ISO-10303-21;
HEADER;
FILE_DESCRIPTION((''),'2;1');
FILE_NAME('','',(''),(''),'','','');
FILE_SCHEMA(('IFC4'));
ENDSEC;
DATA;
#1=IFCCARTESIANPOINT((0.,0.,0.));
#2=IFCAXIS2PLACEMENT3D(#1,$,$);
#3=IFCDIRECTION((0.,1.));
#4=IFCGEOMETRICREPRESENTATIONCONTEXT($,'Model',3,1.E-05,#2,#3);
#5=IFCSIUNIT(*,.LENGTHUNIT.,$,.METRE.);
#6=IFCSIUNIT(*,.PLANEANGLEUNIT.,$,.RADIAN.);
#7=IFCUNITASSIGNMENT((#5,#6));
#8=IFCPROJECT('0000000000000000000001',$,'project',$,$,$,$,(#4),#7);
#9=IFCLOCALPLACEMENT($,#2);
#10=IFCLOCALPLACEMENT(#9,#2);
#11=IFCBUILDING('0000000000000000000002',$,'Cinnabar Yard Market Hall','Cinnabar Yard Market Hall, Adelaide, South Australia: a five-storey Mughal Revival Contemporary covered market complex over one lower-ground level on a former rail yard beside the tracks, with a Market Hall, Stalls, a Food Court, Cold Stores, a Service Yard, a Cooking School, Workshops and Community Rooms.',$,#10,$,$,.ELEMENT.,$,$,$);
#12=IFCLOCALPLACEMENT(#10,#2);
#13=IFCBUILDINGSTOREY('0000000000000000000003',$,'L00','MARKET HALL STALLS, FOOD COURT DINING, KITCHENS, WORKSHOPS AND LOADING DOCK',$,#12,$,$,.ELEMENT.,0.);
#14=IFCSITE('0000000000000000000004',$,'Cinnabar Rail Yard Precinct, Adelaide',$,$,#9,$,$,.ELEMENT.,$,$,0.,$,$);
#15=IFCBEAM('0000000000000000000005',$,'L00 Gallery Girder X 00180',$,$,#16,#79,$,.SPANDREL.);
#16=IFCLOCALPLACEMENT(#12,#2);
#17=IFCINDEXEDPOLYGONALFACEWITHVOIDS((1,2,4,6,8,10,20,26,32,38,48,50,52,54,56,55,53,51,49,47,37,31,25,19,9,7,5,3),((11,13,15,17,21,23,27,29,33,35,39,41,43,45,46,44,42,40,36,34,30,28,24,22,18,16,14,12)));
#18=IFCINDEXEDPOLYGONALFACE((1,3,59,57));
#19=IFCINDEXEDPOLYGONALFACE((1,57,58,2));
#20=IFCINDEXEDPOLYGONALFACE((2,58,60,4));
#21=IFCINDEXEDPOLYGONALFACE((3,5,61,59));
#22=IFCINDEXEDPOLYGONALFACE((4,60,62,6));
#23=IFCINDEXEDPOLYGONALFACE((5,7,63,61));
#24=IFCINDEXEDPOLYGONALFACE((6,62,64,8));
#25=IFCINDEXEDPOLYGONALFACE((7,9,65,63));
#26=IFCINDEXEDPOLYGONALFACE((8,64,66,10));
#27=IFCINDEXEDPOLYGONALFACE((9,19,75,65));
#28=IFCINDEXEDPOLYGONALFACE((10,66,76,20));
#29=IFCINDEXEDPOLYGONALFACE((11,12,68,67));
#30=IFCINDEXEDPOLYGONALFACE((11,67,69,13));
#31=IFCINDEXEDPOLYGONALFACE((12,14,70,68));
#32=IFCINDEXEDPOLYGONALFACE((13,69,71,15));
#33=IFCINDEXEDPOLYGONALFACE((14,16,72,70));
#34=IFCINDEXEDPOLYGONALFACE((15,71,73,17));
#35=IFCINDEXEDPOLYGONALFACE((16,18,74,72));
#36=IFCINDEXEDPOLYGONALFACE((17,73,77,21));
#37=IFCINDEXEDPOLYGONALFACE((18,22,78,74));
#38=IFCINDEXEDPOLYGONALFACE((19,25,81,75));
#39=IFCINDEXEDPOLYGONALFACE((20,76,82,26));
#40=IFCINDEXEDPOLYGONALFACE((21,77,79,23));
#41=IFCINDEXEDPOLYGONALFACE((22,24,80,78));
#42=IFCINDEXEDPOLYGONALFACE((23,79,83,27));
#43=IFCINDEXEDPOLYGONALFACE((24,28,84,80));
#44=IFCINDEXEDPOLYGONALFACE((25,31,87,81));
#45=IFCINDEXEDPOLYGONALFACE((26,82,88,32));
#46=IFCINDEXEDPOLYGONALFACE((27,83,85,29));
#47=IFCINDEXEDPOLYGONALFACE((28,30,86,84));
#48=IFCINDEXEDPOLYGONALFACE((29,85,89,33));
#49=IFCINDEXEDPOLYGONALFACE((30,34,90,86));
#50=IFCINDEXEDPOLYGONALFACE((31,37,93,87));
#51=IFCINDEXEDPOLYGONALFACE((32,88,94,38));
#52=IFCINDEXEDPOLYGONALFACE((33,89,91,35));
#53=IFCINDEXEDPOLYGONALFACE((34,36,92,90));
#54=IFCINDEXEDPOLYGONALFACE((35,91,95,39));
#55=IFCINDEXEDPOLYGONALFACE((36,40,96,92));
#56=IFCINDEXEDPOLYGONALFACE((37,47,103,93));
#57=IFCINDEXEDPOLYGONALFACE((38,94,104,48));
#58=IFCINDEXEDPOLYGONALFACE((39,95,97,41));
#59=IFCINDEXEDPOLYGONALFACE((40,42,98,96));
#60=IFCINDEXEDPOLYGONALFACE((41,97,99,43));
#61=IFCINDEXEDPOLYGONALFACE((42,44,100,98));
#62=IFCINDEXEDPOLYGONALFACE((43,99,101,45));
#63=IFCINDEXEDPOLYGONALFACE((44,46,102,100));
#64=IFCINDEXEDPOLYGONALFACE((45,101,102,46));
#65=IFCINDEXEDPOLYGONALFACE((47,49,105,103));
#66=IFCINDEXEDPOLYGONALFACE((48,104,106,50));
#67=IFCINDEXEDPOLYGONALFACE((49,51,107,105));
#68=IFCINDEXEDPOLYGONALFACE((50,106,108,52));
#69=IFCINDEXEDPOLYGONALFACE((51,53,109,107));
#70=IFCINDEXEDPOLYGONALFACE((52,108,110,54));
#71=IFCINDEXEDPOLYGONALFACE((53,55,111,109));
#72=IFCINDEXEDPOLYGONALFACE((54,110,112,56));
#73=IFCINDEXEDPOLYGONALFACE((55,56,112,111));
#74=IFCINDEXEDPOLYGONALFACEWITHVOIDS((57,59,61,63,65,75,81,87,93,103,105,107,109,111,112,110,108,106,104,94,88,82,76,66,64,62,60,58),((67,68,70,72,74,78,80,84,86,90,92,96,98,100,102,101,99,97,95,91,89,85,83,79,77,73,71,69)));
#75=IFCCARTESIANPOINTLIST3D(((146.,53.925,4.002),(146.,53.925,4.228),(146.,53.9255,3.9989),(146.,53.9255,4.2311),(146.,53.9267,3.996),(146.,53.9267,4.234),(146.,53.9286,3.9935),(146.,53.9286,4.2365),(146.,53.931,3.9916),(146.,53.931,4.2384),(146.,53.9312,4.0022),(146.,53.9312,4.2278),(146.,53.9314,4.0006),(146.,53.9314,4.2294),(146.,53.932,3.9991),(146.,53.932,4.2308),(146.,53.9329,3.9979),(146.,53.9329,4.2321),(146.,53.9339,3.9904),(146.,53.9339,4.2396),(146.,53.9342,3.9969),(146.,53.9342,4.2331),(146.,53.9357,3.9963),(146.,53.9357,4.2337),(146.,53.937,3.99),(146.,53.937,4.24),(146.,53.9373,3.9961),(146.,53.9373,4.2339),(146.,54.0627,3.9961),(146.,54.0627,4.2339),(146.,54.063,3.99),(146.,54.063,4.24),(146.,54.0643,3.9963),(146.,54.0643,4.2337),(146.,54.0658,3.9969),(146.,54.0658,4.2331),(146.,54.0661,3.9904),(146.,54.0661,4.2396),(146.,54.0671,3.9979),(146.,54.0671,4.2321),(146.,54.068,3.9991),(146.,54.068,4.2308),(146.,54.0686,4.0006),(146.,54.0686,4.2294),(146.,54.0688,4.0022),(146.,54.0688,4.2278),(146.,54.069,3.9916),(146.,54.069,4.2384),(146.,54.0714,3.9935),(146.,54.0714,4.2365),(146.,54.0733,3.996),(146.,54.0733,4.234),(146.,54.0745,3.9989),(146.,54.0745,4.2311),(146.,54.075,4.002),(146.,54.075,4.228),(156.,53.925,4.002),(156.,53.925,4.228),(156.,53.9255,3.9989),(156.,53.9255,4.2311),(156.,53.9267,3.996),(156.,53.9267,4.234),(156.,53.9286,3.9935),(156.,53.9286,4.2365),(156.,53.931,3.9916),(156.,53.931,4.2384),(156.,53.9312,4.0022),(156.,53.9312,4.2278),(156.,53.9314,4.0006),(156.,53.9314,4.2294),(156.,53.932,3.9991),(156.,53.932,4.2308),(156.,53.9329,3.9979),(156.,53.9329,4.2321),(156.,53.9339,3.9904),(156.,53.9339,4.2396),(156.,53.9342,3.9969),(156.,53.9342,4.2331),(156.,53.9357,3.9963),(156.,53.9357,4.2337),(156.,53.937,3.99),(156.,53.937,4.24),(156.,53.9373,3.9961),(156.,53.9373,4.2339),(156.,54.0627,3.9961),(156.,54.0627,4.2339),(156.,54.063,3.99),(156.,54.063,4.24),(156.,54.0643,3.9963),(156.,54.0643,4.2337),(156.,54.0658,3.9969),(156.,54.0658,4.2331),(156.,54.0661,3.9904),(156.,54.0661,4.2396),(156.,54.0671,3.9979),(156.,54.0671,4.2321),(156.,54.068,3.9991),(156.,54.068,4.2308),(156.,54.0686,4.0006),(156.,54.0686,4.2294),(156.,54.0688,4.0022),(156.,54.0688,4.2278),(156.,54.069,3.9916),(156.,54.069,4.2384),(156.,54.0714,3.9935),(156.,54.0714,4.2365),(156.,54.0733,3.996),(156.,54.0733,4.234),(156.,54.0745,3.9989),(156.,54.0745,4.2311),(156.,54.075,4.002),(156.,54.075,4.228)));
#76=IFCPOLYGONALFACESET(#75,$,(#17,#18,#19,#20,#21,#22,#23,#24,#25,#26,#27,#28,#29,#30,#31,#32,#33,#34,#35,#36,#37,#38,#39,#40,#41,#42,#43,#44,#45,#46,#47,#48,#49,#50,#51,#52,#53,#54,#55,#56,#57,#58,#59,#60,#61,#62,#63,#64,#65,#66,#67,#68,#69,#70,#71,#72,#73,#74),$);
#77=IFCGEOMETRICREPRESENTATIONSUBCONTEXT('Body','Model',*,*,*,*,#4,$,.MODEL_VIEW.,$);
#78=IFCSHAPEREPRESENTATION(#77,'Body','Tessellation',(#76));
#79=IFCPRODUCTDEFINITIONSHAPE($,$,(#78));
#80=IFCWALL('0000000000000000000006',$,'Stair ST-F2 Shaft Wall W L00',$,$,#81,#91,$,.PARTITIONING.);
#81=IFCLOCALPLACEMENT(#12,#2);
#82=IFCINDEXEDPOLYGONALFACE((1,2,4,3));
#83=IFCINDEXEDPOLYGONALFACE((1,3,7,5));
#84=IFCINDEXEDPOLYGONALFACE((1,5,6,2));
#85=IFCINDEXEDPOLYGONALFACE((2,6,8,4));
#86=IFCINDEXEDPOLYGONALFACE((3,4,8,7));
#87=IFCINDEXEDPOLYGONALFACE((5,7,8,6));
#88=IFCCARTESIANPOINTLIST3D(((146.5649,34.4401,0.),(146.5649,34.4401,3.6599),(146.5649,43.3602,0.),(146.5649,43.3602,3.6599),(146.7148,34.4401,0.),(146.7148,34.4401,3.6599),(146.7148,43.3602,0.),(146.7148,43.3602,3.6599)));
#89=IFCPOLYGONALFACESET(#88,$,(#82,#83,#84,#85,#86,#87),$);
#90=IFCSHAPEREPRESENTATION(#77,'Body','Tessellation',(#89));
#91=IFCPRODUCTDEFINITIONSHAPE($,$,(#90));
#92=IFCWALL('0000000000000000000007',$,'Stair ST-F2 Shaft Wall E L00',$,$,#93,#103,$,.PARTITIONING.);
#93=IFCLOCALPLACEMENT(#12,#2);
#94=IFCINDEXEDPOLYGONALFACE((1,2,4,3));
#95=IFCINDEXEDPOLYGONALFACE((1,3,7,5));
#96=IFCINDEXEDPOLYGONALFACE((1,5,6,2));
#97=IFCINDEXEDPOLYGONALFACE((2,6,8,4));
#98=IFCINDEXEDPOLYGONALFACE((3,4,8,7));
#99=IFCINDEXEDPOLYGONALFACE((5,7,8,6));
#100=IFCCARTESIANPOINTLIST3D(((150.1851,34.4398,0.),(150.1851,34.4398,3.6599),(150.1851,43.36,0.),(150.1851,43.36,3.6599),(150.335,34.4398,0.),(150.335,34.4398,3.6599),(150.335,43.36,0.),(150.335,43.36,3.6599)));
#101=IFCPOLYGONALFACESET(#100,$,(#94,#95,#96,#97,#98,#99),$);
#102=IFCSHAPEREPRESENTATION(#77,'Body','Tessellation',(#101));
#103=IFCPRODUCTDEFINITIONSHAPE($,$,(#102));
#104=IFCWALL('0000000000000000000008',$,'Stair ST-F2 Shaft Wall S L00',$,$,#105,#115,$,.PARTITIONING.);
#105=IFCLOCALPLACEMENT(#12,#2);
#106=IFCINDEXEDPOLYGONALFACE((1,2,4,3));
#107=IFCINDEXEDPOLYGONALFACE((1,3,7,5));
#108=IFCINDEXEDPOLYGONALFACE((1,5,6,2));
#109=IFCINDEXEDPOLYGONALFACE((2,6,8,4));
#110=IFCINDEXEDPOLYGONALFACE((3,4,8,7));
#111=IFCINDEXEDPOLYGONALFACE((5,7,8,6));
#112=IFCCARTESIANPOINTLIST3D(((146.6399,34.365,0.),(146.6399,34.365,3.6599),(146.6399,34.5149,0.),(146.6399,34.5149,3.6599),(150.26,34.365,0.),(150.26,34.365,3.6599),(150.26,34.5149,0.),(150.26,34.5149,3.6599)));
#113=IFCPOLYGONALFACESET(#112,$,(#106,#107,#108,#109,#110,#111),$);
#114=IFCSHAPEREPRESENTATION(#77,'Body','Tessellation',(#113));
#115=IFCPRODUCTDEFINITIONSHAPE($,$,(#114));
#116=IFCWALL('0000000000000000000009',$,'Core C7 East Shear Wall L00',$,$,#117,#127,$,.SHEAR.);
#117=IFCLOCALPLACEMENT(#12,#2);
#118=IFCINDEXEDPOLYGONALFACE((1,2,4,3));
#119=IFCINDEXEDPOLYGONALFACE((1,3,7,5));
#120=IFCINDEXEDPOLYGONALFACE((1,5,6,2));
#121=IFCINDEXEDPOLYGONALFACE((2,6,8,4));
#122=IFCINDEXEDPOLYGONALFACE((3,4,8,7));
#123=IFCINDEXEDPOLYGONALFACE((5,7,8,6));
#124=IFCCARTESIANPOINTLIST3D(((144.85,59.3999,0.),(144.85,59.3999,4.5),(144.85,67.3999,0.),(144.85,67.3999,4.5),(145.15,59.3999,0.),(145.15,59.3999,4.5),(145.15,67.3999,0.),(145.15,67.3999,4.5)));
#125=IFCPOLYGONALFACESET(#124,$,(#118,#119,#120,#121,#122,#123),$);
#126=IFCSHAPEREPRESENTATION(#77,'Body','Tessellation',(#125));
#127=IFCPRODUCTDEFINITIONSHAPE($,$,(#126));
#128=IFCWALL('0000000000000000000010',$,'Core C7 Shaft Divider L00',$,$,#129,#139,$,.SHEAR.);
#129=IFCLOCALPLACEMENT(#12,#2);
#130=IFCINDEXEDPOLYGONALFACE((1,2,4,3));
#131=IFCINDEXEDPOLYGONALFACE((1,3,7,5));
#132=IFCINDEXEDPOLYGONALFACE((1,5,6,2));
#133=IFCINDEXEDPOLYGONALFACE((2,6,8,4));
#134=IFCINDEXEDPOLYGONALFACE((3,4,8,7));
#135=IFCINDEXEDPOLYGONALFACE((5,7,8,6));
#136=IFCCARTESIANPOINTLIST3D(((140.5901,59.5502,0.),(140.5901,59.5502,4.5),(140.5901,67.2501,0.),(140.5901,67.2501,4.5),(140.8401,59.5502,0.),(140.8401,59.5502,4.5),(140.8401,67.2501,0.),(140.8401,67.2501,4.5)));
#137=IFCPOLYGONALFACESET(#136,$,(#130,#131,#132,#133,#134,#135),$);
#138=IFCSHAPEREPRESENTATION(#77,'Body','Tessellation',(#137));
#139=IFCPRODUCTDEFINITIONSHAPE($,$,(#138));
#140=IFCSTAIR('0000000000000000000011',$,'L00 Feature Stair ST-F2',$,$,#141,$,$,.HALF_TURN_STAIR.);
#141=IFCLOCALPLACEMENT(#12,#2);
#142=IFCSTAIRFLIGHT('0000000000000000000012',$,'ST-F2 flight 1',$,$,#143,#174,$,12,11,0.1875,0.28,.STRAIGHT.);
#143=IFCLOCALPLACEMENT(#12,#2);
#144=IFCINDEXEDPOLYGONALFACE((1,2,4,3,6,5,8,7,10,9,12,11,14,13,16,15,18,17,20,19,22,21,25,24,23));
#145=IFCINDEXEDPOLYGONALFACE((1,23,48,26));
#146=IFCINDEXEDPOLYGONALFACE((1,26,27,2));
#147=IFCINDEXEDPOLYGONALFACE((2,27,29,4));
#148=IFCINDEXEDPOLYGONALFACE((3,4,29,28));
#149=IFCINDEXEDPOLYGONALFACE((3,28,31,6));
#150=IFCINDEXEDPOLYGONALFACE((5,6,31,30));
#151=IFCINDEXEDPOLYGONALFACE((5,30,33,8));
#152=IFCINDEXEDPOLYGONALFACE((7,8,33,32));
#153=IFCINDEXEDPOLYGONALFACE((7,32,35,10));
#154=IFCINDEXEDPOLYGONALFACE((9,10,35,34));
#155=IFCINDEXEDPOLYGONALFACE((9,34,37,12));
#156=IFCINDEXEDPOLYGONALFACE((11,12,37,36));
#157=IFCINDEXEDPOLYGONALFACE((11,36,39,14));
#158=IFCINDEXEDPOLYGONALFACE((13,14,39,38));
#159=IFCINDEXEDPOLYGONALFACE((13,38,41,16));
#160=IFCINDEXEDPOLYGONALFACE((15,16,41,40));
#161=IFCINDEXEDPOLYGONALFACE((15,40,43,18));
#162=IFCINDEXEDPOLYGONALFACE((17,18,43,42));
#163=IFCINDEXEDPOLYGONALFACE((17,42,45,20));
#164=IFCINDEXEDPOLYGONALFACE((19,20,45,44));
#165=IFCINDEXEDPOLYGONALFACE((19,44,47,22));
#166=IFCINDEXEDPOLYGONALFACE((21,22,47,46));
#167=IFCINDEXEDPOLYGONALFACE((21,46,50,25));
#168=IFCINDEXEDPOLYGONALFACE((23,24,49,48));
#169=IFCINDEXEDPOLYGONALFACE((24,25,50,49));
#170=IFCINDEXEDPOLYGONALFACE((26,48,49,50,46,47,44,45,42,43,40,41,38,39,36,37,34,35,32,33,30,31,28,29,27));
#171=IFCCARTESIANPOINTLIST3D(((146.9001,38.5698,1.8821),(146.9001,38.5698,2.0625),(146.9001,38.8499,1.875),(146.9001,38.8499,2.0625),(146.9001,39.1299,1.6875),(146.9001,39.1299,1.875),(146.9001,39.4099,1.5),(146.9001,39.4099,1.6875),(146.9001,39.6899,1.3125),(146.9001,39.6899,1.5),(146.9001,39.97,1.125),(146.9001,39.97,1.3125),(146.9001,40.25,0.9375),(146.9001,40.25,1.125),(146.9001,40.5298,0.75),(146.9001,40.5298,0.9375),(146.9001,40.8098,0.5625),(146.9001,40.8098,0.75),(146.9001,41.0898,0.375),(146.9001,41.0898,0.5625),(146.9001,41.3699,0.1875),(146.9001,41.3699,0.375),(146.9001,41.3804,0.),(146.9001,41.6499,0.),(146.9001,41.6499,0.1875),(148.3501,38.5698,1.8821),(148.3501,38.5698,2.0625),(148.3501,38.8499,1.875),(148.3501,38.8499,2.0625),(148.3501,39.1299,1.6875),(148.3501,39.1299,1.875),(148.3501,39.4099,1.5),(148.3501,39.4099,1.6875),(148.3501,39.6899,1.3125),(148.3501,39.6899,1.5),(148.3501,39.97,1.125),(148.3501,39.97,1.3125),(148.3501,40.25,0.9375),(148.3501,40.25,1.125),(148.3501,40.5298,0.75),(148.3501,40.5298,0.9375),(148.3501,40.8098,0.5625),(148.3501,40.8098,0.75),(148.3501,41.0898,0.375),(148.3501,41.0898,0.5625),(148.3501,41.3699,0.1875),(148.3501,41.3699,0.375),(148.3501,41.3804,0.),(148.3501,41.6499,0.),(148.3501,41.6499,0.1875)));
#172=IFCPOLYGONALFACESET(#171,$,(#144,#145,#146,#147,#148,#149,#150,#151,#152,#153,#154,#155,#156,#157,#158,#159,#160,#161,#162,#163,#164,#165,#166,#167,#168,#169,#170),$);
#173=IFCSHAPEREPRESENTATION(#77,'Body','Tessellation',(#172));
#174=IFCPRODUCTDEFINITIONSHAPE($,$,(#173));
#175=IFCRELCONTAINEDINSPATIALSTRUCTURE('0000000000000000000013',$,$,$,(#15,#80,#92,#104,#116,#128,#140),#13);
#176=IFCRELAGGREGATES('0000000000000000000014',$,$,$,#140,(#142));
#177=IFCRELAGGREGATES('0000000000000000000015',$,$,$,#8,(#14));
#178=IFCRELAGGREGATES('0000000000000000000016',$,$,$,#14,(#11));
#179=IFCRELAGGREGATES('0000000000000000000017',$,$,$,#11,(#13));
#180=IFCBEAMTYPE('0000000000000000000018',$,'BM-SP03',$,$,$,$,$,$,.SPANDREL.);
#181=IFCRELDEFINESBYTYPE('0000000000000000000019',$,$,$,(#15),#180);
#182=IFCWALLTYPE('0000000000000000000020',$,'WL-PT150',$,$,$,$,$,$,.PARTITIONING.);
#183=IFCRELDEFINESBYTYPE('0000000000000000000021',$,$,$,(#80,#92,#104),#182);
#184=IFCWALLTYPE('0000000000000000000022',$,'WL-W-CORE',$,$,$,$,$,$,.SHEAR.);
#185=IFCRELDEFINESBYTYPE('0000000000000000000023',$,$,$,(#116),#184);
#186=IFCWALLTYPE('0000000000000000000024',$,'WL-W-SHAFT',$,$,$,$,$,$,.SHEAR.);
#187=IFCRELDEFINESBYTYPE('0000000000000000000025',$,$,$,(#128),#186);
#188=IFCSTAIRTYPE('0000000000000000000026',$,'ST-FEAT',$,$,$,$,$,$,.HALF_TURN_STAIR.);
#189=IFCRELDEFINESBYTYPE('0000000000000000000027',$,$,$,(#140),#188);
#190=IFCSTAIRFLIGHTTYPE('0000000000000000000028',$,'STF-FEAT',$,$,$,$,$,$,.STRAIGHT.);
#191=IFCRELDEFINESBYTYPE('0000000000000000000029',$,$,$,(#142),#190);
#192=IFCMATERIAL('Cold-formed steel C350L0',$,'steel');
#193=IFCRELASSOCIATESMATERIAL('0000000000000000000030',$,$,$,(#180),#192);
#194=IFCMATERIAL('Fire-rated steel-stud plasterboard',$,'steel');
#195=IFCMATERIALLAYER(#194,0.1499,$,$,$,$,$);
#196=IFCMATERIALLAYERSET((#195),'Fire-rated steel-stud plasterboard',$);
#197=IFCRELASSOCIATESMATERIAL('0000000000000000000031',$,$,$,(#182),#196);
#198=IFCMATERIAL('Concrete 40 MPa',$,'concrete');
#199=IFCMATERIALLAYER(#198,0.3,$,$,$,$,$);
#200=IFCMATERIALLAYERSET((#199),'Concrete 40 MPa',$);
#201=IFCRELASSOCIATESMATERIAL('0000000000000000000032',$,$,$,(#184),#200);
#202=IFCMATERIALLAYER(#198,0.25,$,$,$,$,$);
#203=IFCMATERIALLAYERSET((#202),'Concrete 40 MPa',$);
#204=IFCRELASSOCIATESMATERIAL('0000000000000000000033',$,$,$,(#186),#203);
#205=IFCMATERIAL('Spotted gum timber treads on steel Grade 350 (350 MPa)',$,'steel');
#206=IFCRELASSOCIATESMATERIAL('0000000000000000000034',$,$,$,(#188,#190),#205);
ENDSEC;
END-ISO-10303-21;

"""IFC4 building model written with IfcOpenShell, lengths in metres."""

from ifc_helpers import new_model, si_unit, direction, frame, frame_2d, origin, origin_2d_with_axis, place, context, subcontext, project, spatial, polyline, rectangle, hollow_rectangle, outline, extrude, material, layer, layer_set, material_profile, profile_set, type_object, element, aggregate, save


model = new_model("IFC4")

# Units and contexts
model_context = context("Model", 3, precision=1e-05, world=origin(), true_north=direction((0.0, 1.0)))
body_context = subcontext(model_context, "Body", "Model", "MODEL_VIEW")
ifc_project = project(units=[si_unit("LENGTHUNIT", "METRE"), si_unit("PLANEANGLEUNIT", "RADIAN")], contexts=[model_context])

# Site, building, storey
site_placement = place(None, origin())
site = spatial("IfcSite", under=ifc_project, at=site_placement, Name="Cinnabar Rail Yard Precinct, Adelaide", CompositionType="ELEMENT", RefElevation=0.0)
building_placement = place(site_placement, origin())
building = spatial("IfcBuilding", under=site, at=building_placement, Name="Cinnabar Yard Market Hall", Description="Cinnabar Yard Market Hall, Adelaide, South Australia: a five-storey Mughal Revival Contemporary covered market complex over one lower-ground level on a former rail yard beside the tracks, with a Market Hall, Stalls, a Food Court, Cold Stores, a Service Yard, a Cooking School, Workshops and Community Rooms.", CompositionType="ELEMENT")
storey_placement = place(building_placement, origin())
storey = spatial("IfcBuildingStorey", under=building, at=storey_placement, Name="L00", Description="MARKET HALL STALLS, FOOD COURT DINING, KITCHENS, WORKSHOPS AND LOADING DOCK", CompositionType="ELEMENT", Elevation=0.0)

# Shared definitions
ifc_material_1 = material(Name="Cold-formed steel C350L0", Category="steel")

# Beam
ifc_material_profile_1 = material_profile(ifc_material_1, hollow_rectangle(XDim=0.1499, YDim=0.25, WallThickness=0.0061, InnerFilletRadius=0.0061, OuterFilletRadius=0.012, at=origin_2d_with_axis()), Name="250x150x6.0RHS")
ifc_profile_set_1 = profile_set([ifc_material_profile_1], Name="Cold-formed steel C350L0")
beam_type_1 = type_object("IfcBeamType", Name="BM-SP03", PredefinedType="SPANDREL", material=ifc_profile_set_1)
beam_1_placement = place(storey_placement, frame((146.0, 54.0, 4.115), z_axis=(1.0, 0.0, 0.0), x_axis=(0.0, 1.0, 0.0)))
element("IfcBeam", 1, at=beam_1_placement, inside=storey, type_object=beam_type_1, Name="L00 Gallery Girder X 00180", PredefinedType="SPANDREL", context=body_context, shape_type="SweptSolid", body=[
    extrude(hollow_rectangle(XDim=0.1499, YDim=0.25, WallThickness=0.0061, InnerFilletRadius=0.0061, OuterFilletRadius=0.012, at=origin_2d_with_axis()), origin(), (0.0, 0.0, 1.0), 10.0),
])

# Walls
ifc_material_2 = material(Name="Fire-rated steel-stud plasterboard", Category="steel")
ifc_layer_1 = layer(ifc_material_2, 0.1499)
ifc_layer_set_1 = layer_set([ifc_layer_1], Name="Fire-rated steel-stud plasterboard")
wall_type_1 = type_object("IfcWallType", Name="WL-PT150", PredefinedType="PARTITIONING", material=ifc_layer_set_1)
for number, where, z_axis, x_axis, name in (
    (2, (146.6399, 43.3601, 0.0), (0.0, 0.0, 1.0), (0.0, -1.0, 0.0), "Stair ST-F2 Shaft Wall W L00"),
    (3, (150.26, 34.4399, 0.0), (0.0, 0.0, 1.0), (0.0, 1.0, 0.0), "Stair ST-F2 Shaft Wall E L00"),
):
    element("IfcWall", number, at=place(storey_placement, frame(where, z_axis=z_axis, x_axis=x_axis)), inside=storey, type_object=wall_type_1, Name=name, PredefinedType="PARTITIONING", context=body_context, shape_type="SweptSolid", body=[
        extrude(rectangle(XDim=8.9202, YDim=0.1499, at=frame_2d((4.46, 0.0), x_axis=(1.0, 0.0))), origin(), (0.0, 0.0, 1.0), 3.6599),
    ])
wall_1_placement = place(storey_placement, frame((146.6399, 34.4399, 0.0), z_axis=(0.0, 0.0, 1.0), x_axis=(1.0, 0.0, 0.0)))
element("IfcWall", 4, at=wall_1_placement, inside=storey, type_object=wall_type_1, Name="Stair ST-F2 Shaft Wall S L00", PredefinedType="PARTITIONING", context=body_context, shape_type="SweptSolid", body=[
    extrude(rectangle(XDim=3.6201, YDim=0.1499, at=frame_2d((1.8101, 0.0), x_axis=(1.0, 0.0))), origin(), (0.0, 0.0, 1.0), 3.6599),
])

# Walls
ifc_material_3 = material(Name="Concrete 40 MPa", Category="concrete")
ifc_layer_2 = layer(ifc_material_3, 0.3)
ifc_layer_set_2 = layer_set([ifc_layer_2], Name="Concrete 40 MPa")
wall_type_2 = type_object("IfcWallType", Name="WL-W-CORE", PredefinedType="SHEAR", material=ifc_layer_set_2)
wall_2_placement = place(storey_placement, frame((145.0, 59.3999, 0.0), z_axis=(0.0, 0.0, 1.0), x_axis=(0.0, 1.0, 0.0)))
element("IfcWall", 5, at=wall_2_placement, inside=storey, type_object=wall_type_2, Name="Core C7 East Shear Wall L00", PredefinedType="SHEAR", context=body_context, shape_type="SweptSolid", body=[
    extrude(rectangle(XDim=8.0, YDim=0.3, at=frame_2d((4.0, 0.0), x_axis=(1.0, 0.0))), origin(), (0.0, 0.0, 1.0), 4.5),
])
ifc_layer_3 = layer(ifc_material_3, 0.25)
ifc_layer_set_3 = layer_set([ifc_layer_3], Name="Concrete 40 MPa")
wall_type_3 = type_object("IfcWallType", Name="WL-W-SHAFT", PredefinedType="SHEAR", material=ifc_layer_set_3)
wall_3_placement = place(storey_placement, frame((140.7151, 59.55, 0.0), z_axis=(0.0, 0.0, 1.0), x_axis=(0.0, 1.0, 0.0)))
element("IfcWall", 6, at=wall_3_placement, inside=storey, type_object=wall_type_3, Name="Core C7 Shaft Divider L00", PredefinedType="SHEAR", context=body_context, shape_type="SweptSolid", body=[
    extrude(rectangle(XDim=7.7, YDim=0.25, at=frame_2d((3.8501, 0.0), x_axis=(1.0, 0.0))), origin(), (0.0, 0.0, 1.0), 4.5),
])

# Stair, stair flight
ifc_material_4 = material(Name="Spotted gum timber treads on steel Grade 350 (350 MPa)", Category="steel")
stair_type = type_object("IfcStairType", Name="ST-FEAT", PredefinedType="HALF_TURN_STAIR", material=ifc_material_4)
stair_placement = place(storey_placement, origin())
stair = element("IfcStair", 7, at=stair_placement, inside=storey, type_object=stair_type, Name="L00 Feature Stair ST-F2", PredefinedType="HALF_TURN_STAIR")
stair_flight_type = type_object("IfcStairFlightType", Name="STF-FEAT", PredefinedType="STRAIGHT", material=ifc_material_4)
stair_flight_1_placement = place(storey_placement, frame((147.625, 41.6499, 0.0), z_axis=(0.0, 0.0, 1.0), x_axis=(0.0, -1.0, 0.0)))
stair_flight_1 = element("IfcStairFlight", 8, at=stair_flight_1_placement, type_object=stair_flight_type, Name="ST-F2 flight 1", NumberOfRisers=12, NumberOfTreads=11, PredefinedType="STRAIGHT", RiserHeight=0.1875, TreadLength=0.28, context=body_context, shape_type="SweptSolid", body=[
    extrude(outline(polyline([(0.0, 0.0), (0.0, 0.1875), (0.28, 0.1875), (0.28, 0.375), (0.5601, 0.375), (0.5601, 0.5625), (0.8401, 0.5625), (0.8401, 0.75), (1.1201, 0.75), (1.1201, 0.9375), (1.3999, 0.9375), (1.3999, 1.125), (1.6799, 1.125), (1.6799, 1.3125), (1.96, 1.3125), (1.96, 1.5), (2.24, 1.5), (2.24, 1.6875), (2.52, 1.6875), (2.52, 1.875), (2.8, 1.875), (2.8, 2.0625), (3.0801, 2.0625), (3.0801, 2.25), (3.0801, 1.8821), (0.2695, 0.0), (0.0, 0.0)])), frame((0.0, 0.7251, 0.0), z_axis=(0.0, -1.0, 0.0), x_axis=(1.0, 0.0, 0.0)), (0.0, 0.0, 1.0), 1.45),
])
aggregate(stair, [stair_flight_1])

save(model, "model.ifc")
